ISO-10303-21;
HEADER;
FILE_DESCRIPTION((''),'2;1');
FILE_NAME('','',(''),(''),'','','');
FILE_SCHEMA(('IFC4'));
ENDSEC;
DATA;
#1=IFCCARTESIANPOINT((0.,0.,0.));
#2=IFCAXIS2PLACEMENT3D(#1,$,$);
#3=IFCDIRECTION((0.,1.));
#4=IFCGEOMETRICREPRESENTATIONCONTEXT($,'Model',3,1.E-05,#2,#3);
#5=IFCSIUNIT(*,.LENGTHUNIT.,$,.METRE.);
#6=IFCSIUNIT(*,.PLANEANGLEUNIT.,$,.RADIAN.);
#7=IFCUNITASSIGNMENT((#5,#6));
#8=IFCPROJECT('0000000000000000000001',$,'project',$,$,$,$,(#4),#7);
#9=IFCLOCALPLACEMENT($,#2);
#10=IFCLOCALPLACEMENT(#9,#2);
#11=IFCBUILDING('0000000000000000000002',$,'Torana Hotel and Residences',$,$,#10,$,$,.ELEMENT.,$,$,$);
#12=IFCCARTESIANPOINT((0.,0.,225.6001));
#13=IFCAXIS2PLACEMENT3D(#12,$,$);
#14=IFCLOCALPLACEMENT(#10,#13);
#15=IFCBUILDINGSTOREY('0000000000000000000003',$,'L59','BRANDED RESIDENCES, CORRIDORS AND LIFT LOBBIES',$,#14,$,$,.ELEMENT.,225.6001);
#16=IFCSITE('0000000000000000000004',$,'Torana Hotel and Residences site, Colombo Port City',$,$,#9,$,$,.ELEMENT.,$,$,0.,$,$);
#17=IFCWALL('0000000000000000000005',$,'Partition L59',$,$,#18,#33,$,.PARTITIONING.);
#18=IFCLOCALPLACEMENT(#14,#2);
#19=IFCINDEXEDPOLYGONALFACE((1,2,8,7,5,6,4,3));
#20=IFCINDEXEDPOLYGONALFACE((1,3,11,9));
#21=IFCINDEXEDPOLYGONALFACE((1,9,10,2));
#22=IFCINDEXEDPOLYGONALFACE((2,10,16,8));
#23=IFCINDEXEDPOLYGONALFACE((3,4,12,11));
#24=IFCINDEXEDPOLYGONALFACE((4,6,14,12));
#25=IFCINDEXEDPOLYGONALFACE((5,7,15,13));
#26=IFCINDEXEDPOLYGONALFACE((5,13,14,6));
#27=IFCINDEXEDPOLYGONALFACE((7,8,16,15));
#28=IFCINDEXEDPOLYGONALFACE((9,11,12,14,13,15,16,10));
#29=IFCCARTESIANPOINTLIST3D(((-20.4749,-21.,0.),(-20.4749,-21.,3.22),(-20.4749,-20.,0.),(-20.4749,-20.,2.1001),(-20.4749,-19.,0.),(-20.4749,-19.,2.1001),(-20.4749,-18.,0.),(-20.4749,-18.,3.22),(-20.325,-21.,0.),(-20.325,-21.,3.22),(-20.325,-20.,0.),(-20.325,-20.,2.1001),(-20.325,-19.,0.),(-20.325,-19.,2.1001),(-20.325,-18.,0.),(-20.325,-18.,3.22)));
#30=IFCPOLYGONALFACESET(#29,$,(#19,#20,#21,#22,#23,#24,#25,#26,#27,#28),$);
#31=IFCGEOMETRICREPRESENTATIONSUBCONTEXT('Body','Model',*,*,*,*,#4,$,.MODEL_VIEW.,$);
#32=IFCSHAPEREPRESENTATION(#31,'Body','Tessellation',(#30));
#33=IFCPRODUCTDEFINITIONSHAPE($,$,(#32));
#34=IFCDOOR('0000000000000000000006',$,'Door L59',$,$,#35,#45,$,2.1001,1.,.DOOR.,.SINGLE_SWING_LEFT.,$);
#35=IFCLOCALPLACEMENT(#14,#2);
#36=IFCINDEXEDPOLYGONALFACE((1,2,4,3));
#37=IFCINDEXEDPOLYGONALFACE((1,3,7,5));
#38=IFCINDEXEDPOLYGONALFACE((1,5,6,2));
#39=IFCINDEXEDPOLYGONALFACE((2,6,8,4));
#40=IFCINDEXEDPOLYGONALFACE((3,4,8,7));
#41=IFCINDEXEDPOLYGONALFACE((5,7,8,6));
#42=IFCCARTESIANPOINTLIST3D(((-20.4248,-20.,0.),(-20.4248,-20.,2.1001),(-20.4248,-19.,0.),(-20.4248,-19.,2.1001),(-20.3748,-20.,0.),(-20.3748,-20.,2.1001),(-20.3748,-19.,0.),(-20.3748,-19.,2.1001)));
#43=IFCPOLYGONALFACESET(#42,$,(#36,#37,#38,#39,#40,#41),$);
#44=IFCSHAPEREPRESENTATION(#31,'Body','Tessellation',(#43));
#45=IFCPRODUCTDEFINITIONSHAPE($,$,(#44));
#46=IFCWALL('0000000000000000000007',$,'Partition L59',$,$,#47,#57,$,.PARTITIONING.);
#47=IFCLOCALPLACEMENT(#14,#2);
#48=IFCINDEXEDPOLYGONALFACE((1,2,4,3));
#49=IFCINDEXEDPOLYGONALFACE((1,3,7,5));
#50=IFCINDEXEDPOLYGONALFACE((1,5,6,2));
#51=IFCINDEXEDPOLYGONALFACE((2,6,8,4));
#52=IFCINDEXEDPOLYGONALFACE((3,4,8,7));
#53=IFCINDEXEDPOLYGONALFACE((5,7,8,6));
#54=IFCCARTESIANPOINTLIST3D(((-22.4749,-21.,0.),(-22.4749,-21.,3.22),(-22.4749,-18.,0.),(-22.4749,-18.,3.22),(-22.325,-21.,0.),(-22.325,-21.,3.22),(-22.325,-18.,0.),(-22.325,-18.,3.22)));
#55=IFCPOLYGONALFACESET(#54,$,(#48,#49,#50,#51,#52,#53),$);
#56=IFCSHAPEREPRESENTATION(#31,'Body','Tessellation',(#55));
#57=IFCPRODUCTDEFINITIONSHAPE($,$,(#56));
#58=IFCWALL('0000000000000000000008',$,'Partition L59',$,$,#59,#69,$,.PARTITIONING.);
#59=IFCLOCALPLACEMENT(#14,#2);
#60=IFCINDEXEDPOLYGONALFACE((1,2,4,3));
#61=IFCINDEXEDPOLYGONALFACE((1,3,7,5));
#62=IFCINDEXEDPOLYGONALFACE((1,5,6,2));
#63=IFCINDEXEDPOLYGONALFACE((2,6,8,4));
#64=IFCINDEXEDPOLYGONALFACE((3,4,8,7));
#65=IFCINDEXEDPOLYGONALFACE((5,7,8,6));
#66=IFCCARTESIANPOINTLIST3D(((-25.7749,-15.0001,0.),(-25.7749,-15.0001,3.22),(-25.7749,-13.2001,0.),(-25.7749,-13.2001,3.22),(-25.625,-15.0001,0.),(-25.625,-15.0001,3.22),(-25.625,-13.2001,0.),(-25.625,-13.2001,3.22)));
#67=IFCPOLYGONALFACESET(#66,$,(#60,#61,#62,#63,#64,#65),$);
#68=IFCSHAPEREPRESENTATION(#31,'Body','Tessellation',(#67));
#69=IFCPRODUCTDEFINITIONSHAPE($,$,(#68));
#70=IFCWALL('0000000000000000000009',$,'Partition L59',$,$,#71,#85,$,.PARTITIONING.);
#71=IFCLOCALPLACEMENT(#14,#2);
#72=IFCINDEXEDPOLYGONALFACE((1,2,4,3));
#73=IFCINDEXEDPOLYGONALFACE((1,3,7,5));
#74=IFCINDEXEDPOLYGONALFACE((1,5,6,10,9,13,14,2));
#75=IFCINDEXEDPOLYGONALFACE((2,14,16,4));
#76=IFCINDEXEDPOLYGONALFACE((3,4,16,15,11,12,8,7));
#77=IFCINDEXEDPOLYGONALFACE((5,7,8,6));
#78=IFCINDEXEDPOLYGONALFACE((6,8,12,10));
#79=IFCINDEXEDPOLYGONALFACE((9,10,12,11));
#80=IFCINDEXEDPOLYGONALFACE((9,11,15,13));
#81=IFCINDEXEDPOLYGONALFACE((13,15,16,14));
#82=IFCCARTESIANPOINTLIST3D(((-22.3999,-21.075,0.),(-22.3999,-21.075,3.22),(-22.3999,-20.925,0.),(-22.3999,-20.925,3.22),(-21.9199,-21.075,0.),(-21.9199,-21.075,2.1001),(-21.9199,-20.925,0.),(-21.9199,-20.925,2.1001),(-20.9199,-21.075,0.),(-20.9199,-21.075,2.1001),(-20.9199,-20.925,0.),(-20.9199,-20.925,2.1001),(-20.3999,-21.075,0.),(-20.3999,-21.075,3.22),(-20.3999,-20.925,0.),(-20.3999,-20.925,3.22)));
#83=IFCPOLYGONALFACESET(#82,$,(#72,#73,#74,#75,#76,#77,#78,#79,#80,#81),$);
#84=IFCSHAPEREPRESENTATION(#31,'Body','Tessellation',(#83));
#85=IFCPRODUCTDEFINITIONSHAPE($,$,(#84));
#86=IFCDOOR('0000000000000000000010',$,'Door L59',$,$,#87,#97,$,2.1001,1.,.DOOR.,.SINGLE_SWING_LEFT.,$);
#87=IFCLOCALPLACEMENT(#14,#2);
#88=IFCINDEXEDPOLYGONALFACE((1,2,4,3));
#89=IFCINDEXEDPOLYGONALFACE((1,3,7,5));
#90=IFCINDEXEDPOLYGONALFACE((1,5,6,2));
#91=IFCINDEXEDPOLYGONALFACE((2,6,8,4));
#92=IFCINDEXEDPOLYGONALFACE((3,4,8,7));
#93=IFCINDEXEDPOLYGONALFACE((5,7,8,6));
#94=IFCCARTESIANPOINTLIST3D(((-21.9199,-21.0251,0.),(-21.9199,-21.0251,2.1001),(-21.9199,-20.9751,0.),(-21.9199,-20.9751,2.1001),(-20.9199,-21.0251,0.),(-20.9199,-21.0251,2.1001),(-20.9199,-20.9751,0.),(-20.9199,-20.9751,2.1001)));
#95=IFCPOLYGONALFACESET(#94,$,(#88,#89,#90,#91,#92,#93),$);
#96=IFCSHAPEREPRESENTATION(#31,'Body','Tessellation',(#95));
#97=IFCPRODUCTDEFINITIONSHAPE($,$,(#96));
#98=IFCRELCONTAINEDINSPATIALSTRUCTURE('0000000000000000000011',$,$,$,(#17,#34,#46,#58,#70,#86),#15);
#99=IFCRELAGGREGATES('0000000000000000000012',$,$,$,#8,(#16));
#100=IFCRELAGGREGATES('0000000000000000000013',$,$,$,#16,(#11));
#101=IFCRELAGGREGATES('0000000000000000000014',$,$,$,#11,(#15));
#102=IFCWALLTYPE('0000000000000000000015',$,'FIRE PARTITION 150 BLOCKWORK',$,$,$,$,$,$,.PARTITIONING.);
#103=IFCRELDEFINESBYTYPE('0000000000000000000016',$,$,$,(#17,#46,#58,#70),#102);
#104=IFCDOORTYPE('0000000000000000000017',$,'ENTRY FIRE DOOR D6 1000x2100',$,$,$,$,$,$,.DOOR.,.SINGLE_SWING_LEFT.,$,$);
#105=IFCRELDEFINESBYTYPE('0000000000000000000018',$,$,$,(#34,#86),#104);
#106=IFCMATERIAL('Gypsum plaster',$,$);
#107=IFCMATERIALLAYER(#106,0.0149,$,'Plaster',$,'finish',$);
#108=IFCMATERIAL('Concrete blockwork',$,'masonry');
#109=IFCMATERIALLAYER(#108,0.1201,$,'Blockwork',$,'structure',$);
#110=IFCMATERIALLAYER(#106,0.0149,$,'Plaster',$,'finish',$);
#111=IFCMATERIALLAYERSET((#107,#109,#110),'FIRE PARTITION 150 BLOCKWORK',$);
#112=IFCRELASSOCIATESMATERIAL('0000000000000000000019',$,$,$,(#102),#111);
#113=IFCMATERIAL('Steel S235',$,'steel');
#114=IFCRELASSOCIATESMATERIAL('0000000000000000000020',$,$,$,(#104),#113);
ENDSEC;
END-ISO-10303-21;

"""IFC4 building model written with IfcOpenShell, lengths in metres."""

from ifc_helpers import new_model, si_unit, direction, frame, frame_2d, origin, place, context, subcontext, project, spatial, rectangle, extrude, material, layer, layer_set, type_object, element, fill, save


model = new_model("IFC4")

# Units and contexts
model_context = context("Model", 3, precision=1e-05, world=origin(), true_north=direction((0.0, 1.0)))
body_context = subcontext(model_context, "Body", "Model", "MODEL_VIEW")
ifc_project = project(units=[si_unit("LENGTHUNIT", "METRE"), si_unit("PLANEANGLEUNIT", "RADIAN")], contexts=[model_context])

# Site, building, storey
site_placement = place(None, origin())
site = spatial("IfcSite", under=ifc_project, at=site_placement, Name="Torana Hotel and Residences site, Colombo Port City", CompositionType="ELEMENT", RefElevation=0.0)
building_placement = place(site_placement, origin())
building = spatial("IfcBuilding", under=site, at=building_placement, Name="Torana Hotel and Residences", CompositionType="ELEMENT")
storey_placement = place(building_placement, frame((0.0, 0.0, 225.6001)))
storey = spatial("IfcBuildingStorey", under=building, at=storey_placement, Name="L59", Description="BRANDED RESIDENCES, CORRIDORS AND LIFT LOBBIES", CompositionType="ELEMENT", Elevation=225.6001)

# Wall, opening, door
ifc_material_1 = material(Name="Gypsum plaster")
ifc_layer_1 = layer(ifc_material_1, 0.0149, Name="Plaster", Category="finish")
ifc_material_2 = material(Name="Concrete blockwork", Category="masonry")
ifc_layer_2 = layer(ifc_material_2, 0.1201, Name="Blockwork", Category="structure")
ifc_layer_3 = layer(ifc_material_1, 0.0149, Name="Plaster", Category="finish")
ifc_layer_set_1 = layer_set([ifc_layer_1, ifc_layer_2, ifc_layer_3], Name="FIRE PARTITION 150 BLOCKWORK")
wall_type_1 = type_object("IfcWallType", Name="FIRE PARTITION 150 BLOCKWORK", PredefinedType="PARTITIONING", material=ifc_layer_set_1)
wall_1_placement = place(storey_placement, frame((-20.3999, -21.0, 0.0), z_axis=(0.0, 0.0, 1.0), x_axis=(0.0, 1.0, 0.0)))
wall_1 = element("IfcWall", 1, at=wall_1_placement, inside=storey, type_object=wall_type_1, Name="Partition L59", PredefinedType="PARTITIONING", context=body_context, shape_type="SweptSolid", body=[
    extrude(rectangle(XDim=3.0, YDim=0.1499, at=frame_2d((1.5, 0.0))), origin(), (0.0, 0.0, 1.0), 3.22),
])
opening_1_placement = place(wall_1_placement, frame((1.0, 0.0, 0.0)))
opening_1 = element("IfcOpeningElement", 2, at=opening_1_placement, cuts=wall_1, PredefinedType="OPENING", context=body_context, shape_type="SweptSolid", body=[
    extrude(rectangle(XDim=1.0, YDim=2.1001, at=frame_2d((0.5, 1.05))), frame((0.0, 0.085, 0.0), z_axis=(0.0, -1.0, 0.0), x_axis=(1.0, 0.0, 0.0)), (0.0, 0.0, 1.0), 0.1699),
])
ifc_material_3 = material(Name="Steel S235", Category="steel")
door_type_1 = type_object("IfcDoorType", Name="ENTRY FIRE DOOR D6 1000x2100", OperationType="SINGLE_SWING_LEFT", PredefinedType="DOOR", material=ifc_material_3)
door_1_placement = place(opening_1_placement, frame((0.5, 0.0, 0.0), z_axis=(0.0, 0.0, 1.0), x_axis=(-1.0, 0.0, 0.0)))
door_1 = element("IfcDoor", 3, at=door_1_placement, inside=storey, type_object=door_type_1, Name="Door L59", OperationType="SINGLE_SWING_LEFT", OverallHeight=2.1001, OverallWidth=1.0, PredefinedType="DOOR", context=body_context, shape_type="SweptSolid", body=[
    extrude(rectangle(XDim=1.0, YDim=2.1001, at=frame_2d((0.0, 1.05))), frame((0.0, -0.0249, 0.0), z_axis=(0.0, 1.0, 0.0), x_axis=(-1.0, 0.0, 0.0)), (0.0, 0.0, 1.0), 0.05),
])
fill(opening_1, door_1)

# Walls
wall_2_placement = place(storey_placement, frame((-22.3999, -21.0, 0.0), z_axis=(0.0, 0.0, 1.0), x_axis=(0.0, 1.0, 0.0)))
element("IfcWall", 4, at=wall_2_placement, inside=storey, type_object=wall_type_1, Name="Partition L59", PredefinedType="PARTITIONING", context=body_context, shape_type="SweptSolid", body=[
    extrude(rectangle(XDim=3.0, YDim=0.1499, at=frame_2d((1.5, 0.0))), origin(), (0.0, 0.0, 1.0), 3.22),
])
wall_3_placement = place(storey_placement, frame((-25.7, -15.0, 0.0), z_axis=(0.0, 0.0, 1.0), x_axis=(0.0, 1.0, 0.0)))
element("IfcWall", 5, at=wall_3_placement, inside=storey, type_object=wall_type_1, Name="Partition L59", PredefinedType="PARTITIONING", context=body_context, shape_type="SweptSolid", body=[
    extrude(rectangle(XDim=1.8, YDim=0.1499, at=frame_2d((0.8999, 0.0))), origin(), (0.0, 0.0, 1.0), 3.22),
])

# Wall, opening, door
wall_4_placement = place(storey_placement, frame((-22.3999, -21.0, 0.0), z_axis=(0.0, 0.0, 1.0), x_axis=(1.0, 0.0, 0.0)))
wall_4 = element("IfcWall", 6, at=wall_4_placement, inside=storey, type_object=wall_type_1, Name="Partition L59", PredefinedType="PARTITIONING", context=body_context, shape_type="SweptSolid", body=[
    extrude(rectangle(XDim=2.0, YDim=0.1499, at=frame_2d((1.0, 0.0))), origin(), (0.0, 0.0, 1.0), 3.22),
])
opening_2_placement = place(wall_4_placement, frame((0.48, 0.0, 0.0)))
opening_2 = element("IfcOpeningElement", 7, at=opening_2_placement, cuts=wall_4, PredefinedType="OPENING", context=body_context, shape_type="SweptSolid", body=[
    extrude(rectangle(XDim=1.0, YDim=2.1001, at=frame_2d((0.5, 1.05))), frame((0.0, 0.085, 0.0), z_axis=(0.0, -1.0, 0.0), x_axis=(1.0, 0.0, 0.0)), (0.0, 0.0, 1.0), 0.1699),
])
door_2_placement = place(opening_2_placement, frame((0.5, 0.0, 0.0), z_axis=(0.0, 0.0, 1.0), x_axis=(-1.0, 0.0, 0.0)))
door_2 = element("IfcDoor", 8, at=door_2_placement, inside=storey, type_object=door_type_1, Name="Door L59", OperationType="SINGLE_SWING_LEFT", OverallHeight=2.1001, OverallWidth=1.0, PredefinedType="DOOR", context=body_context, shape_type="SweptSolid", body=[
    extrude(rectangle(XDim=1.0, YDim=2.1001, at=frame_2d((0.0, 1.05))), frame((0.0, -0.0249, 0.0), z_axis=(0.0, 1.0, 0.0), x_axis=(-1.0, 0.0, 0.0)), (0.0, 0.0, 1.0), 0.05),
])
fill(opening_2, door_2)

save(model, "model.ifc")
